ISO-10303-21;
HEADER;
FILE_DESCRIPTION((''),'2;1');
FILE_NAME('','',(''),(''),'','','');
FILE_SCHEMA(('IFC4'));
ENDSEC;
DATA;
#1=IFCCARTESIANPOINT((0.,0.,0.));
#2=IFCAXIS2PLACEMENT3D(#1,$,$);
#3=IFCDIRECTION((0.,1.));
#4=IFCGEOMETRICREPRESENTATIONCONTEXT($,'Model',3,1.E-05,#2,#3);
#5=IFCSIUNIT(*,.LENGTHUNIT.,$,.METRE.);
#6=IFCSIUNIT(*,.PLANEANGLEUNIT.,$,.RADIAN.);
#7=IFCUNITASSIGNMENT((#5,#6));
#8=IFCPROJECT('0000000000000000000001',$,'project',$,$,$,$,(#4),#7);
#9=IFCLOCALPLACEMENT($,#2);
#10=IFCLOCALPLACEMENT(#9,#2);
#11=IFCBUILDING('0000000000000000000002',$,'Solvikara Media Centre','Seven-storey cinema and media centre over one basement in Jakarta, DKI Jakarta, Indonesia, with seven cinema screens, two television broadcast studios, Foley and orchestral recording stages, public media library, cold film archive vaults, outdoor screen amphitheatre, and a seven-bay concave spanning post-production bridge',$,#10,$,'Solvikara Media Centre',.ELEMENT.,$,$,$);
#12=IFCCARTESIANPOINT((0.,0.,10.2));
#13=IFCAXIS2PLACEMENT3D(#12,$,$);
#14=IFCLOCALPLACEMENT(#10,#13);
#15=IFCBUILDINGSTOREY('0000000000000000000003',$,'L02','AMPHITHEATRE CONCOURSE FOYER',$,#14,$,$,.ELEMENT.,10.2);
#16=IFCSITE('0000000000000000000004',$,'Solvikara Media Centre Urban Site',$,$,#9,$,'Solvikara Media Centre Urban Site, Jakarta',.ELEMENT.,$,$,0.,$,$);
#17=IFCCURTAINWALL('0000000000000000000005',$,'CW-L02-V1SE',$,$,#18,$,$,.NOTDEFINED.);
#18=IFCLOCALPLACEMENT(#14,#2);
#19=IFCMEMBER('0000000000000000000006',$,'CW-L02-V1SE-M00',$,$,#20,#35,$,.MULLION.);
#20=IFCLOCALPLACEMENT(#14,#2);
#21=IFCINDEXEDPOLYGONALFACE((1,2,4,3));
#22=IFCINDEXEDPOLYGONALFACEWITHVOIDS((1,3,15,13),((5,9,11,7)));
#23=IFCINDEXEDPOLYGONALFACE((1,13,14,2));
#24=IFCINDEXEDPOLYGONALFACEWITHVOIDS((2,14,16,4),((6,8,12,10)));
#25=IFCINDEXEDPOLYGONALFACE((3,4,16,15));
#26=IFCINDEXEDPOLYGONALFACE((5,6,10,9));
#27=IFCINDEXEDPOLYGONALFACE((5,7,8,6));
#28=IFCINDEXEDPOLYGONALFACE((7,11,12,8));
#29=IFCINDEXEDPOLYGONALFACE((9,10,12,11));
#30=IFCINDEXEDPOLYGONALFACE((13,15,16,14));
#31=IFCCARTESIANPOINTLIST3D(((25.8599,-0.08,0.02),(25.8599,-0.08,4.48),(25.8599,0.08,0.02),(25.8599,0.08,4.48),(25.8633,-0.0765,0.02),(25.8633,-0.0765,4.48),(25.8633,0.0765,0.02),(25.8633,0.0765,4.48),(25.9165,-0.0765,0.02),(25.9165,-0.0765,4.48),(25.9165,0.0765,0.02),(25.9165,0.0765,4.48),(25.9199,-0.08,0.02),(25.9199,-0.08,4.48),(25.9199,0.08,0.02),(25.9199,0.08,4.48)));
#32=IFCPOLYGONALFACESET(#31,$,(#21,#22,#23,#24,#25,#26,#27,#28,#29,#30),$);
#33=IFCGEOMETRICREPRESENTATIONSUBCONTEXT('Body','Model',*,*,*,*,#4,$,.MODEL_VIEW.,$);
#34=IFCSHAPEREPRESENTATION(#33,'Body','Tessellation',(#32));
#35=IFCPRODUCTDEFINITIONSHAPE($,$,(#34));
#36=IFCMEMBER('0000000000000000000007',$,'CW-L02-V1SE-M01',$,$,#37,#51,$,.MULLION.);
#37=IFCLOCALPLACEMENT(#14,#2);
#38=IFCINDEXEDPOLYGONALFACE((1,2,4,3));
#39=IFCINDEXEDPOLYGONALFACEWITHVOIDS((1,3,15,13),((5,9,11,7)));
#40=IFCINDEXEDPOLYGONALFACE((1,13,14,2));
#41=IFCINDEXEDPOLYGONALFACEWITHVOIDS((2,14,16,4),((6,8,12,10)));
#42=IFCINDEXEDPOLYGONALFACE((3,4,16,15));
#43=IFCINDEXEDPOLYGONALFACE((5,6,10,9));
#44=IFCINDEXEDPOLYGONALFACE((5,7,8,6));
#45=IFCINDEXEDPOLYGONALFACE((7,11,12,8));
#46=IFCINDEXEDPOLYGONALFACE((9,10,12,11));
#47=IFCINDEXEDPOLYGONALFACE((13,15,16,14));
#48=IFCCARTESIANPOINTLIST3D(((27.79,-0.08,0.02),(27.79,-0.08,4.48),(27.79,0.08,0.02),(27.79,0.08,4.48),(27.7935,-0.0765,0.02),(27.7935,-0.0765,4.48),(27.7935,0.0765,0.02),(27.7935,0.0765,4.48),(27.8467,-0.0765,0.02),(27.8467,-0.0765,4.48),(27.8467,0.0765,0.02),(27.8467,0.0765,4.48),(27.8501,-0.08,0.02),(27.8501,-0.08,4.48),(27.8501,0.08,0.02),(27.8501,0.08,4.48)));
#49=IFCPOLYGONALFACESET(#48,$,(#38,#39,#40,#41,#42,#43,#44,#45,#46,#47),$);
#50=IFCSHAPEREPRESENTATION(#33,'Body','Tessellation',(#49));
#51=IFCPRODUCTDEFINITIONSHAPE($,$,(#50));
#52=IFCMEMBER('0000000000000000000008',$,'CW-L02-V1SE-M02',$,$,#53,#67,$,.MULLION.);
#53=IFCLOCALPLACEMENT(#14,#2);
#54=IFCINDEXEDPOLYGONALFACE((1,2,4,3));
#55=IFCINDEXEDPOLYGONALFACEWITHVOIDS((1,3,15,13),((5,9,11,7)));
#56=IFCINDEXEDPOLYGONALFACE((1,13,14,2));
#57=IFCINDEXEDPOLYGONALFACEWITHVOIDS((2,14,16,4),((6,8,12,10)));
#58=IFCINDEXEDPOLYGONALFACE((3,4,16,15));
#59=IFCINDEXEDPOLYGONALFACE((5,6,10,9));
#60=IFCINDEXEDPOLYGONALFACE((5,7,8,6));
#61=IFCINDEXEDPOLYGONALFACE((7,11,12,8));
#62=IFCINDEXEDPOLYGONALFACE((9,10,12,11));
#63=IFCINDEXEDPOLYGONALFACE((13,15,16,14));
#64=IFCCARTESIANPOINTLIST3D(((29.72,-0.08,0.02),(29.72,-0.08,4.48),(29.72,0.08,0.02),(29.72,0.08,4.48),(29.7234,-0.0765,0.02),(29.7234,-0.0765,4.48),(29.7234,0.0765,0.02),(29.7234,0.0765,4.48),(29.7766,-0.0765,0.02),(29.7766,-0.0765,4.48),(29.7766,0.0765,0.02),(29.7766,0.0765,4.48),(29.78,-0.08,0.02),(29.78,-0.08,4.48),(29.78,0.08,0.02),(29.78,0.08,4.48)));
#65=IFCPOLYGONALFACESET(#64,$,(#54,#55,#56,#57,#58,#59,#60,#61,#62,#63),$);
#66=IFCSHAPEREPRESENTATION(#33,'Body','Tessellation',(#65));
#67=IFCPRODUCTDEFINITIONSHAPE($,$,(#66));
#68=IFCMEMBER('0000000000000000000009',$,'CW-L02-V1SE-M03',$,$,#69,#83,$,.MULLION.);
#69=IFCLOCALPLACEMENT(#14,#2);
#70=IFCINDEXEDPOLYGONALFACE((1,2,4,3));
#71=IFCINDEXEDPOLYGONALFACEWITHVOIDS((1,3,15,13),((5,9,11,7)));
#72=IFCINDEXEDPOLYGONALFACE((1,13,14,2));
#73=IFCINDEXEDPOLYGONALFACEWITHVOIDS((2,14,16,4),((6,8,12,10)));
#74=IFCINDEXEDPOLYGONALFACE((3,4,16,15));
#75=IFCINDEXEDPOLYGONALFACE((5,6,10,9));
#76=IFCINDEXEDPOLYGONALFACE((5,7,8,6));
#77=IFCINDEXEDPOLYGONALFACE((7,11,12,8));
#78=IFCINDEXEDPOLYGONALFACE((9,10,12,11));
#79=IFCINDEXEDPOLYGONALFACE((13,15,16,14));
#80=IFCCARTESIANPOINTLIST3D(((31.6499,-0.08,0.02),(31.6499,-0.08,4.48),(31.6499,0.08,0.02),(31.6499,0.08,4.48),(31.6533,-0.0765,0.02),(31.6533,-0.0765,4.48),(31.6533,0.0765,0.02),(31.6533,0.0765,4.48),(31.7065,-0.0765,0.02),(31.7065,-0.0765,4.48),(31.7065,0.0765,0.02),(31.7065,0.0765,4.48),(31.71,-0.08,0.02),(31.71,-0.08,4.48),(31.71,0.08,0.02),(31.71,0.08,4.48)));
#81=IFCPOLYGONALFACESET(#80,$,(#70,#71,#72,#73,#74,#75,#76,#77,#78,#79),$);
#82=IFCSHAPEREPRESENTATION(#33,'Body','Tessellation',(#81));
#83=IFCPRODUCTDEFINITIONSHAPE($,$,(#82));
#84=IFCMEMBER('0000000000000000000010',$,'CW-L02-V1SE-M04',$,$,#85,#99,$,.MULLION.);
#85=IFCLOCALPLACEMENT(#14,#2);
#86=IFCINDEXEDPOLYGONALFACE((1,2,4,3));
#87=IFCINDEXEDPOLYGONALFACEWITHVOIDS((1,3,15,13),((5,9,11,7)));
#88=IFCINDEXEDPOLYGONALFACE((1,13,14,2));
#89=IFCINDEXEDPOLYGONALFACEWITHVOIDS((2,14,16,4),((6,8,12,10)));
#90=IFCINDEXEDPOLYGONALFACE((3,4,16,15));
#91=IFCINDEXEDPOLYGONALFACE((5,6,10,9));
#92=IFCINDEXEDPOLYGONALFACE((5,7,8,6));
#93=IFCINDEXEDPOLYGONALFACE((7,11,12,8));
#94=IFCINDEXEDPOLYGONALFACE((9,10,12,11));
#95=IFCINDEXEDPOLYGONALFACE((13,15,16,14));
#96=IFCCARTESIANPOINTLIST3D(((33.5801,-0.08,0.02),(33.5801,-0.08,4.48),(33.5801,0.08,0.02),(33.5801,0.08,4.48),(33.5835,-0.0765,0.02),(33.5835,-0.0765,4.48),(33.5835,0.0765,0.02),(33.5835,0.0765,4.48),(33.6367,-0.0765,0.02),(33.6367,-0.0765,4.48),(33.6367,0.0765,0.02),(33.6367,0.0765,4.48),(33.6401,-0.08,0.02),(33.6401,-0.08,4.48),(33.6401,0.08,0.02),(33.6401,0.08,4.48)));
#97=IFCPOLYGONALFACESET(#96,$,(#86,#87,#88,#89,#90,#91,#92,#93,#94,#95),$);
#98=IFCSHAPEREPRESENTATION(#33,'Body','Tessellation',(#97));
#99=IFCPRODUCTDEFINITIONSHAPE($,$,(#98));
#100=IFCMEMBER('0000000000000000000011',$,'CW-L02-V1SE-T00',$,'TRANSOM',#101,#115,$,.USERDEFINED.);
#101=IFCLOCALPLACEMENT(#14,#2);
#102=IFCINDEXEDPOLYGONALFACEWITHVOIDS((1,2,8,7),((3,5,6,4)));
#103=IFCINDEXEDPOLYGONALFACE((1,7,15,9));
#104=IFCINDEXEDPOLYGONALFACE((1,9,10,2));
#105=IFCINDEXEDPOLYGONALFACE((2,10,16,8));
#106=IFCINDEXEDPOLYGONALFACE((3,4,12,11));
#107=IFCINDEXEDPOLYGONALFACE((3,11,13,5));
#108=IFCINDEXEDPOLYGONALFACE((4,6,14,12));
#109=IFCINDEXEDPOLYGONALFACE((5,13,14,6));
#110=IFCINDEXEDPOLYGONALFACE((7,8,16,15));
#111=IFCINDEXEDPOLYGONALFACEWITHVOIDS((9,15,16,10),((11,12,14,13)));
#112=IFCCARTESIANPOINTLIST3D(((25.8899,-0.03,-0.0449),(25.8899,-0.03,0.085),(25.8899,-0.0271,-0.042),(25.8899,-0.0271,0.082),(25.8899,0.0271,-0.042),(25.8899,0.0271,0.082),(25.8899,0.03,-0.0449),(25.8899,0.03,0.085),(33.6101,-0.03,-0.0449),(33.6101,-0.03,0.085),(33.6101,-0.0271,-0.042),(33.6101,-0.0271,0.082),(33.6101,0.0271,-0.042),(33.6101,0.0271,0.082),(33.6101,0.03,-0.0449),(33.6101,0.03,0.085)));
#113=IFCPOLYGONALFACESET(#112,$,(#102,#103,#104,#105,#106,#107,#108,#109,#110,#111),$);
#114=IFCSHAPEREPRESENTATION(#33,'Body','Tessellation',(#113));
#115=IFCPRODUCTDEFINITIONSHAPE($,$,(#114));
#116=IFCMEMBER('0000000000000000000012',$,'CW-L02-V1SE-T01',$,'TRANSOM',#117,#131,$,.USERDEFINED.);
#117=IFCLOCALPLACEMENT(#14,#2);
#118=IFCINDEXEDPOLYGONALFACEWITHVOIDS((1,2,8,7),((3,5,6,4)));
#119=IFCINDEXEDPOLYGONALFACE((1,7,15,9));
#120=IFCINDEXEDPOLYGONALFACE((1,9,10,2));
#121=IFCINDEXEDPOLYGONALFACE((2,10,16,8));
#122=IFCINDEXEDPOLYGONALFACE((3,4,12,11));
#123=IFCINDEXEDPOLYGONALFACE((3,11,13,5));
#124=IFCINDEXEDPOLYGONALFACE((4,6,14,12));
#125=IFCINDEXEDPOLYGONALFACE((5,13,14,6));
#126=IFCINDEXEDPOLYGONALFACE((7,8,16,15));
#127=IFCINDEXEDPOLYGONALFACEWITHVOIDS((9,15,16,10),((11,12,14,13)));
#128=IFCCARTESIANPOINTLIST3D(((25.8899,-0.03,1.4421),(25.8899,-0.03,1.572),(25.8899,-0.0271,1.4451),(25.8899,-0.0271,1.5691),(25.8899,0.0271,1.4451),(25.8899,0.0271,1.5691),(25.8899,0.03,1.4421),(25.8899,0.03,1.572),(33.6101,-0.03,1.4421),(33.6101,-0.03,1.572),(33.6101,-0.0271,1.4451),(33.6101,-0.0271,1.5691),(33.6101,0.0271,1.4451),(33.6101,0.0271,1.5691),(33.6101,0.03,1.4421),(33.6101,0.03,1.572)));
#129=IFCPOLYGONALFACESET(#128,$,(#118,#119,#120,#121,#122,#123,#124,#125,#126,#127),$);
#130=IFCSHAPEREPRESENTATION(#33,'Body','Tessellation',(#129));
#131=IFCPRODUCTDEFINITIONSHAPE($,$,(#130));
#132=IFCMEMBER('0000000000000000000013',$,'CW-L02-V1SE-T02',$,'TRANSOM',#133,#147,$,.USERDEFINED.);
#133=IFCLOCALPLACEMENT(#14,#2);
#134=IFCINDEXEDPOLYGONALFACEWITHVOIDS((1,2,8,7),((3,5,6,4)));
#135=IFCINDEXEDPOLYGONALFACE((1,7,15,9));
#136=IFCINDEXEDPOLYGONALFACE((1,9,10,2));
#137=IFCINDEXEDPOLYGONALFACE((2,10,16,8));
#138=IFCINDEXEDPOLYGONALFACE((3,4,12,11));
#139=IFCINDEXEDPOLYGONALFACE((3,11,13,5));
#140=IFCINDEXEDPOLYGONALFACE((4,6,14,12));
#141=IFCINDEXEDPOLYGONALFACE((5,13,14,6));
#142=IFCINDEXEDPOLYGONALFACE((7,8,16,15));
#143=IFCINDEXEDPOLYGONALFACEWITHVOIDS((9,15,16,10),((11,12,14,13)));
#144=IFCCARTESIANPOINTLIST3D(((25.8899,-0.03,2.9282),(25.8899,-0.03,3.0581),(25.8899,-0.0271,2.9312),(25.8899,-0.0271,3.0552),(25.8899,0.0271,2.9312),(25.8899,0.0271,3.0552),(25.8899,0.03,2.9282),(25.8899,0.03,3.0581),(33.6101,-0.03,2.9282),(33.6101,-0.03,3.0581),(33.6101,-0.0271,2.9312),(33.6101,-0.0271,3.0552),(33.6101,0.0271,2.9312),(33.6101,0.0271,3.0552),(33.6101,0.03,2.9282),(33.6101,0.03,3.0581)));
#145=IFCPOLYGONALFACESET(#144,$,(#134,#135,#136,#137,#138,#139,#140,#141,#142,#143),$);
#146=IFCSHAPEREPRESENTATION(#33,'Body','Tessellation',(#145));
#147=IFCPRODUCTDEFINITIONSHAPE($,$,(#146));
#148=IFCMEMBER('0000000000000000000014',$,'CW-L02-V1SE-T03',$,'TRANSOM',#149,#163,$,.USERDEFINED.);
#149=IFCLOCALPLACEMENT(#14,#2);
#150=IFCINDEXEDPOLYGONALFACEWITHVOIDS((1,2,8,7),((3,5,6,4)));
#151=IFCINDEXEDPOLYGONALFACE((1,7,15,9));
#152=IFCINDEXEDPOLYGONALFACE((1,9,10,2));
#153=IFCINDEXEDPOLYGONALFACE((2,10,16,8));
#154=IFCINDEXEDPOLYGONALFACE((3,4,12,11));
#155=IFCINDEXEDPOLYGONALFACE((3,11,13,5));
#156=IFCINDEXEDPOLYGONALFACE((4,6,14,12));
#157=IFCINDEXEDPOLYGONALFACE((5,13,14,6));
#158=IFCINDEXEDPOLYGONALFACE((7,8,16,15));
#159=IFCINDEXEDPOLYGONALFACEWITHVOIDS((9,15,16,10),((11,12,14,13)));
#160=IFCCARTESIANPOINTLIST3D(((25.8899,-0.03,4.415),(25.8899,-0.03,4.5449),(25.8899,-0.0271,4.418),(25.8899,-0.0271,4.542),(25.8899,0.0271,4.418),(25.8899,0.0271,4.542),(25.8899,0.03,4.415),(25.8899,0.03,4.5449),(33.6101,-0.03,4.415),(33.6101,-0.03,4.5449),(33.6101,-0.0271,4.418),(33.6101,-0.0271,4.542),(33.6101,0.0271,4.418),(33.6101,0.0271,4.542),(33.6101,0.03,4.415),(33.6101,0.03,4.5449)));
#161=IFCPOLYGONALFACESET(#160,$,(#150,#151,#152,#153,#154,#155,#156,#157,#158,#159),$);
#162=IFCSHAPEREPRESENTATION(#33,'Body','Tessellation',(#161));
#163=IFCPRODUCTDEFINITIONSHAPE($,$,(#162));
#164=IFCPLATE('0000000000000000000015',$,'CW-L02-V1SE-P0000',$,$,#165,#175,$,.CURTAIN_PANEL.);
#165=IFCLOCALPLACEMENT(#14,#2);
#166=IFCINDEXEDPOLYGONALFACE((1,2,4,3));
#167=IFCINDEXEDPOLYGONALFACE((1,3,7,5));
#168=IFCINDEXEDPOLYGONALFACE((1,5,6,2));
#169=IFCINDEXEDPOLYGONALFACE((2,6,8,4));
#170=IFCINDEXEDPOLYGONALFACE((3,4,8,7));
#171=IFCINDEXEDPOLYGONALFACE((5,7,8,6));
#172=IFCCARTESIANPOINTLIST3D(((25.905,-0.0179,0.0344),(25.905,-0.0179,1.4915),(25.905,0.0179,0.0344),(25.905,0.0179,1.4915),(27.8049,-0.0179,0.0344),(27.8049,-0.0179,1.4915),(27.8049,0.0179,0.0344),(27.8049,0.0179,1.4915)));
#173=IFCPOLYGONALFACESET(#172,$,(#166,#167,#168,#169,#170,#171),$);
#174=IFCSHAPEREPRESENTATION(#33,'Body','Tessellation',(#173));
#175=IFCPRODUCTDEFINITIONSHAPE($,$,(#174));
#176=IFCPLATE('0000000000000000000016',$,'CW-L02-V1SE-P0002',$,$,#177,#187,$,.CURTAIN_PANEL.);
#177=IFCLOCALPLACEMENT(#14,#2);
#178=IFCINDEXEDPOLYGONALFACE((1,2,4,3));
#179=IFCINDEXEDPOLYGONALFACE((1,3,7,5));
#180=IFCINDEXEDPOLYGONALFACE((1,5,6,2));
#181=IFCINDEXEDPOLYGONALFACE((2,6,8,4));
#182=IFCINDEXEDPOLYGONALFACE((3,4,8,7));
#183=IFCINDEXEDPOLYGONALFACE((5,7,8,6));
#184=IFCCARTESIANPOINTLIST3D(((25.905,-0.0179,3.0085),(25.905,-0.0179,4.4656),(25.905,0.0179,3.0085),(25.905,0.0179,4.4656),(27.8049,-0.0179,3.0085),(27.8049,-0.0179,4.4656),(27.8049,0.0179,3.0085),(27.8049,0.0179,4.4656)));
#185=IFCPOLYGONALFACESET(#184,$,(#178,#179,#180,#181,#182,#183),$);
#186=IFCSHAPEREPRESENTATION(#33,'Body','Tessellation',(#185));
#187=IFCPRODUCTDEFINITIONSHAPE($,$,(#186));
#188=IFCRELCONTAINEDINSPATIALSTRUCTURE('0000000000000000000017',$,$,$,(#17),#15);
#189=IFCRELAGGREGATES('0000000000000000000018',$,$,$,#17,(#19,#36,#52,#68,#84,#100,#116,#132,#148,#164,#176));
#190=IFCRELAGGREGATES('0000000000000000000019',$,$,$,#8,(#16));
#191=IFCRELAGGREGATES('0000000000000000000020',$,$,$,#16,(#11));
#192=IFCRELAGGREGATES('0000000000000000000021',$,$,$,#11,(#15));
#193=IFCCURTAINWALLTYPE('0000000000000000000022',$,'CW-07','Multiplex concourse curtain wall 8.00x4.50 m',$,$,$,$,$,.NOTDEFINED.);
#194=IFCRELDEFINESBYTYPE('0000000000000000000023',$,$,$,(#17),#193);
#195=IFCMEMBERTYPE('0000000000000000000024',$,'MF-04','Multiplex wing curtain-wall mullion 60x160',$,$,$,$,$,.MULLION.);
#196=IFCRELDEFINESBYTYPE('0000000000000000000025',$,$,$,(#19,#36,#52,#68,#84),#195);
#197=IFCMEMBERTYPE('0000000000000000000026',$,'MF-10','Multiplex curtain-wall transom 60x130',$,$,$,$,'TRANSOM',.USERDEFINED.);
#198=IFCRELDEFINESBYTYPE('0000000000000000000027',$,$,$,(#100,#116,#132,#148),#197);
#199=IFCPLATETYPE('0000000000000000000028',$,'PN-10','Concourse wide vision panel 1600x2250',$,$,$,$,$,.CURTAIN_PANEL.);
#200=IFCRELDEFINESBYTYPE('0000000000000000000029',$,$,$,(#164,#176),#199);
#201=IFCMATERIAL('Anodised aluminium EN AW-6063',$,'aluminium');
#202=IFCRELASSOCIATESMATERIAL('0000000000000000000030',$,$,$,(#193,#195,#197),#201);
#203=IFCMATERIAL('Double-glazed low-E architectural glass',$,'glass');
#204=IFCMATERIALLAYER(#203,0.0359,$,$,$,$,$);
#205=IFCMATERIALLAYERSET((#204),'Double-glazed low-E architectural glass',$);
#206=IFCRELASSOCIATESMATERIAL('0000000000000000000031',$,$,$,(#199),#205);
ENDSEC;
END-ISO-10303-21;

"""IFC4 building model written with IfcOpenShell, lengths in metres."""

from ifc_helpers import new_model, si_unit, direction, frame, origin, origin_2d, place, context, subcontext, project, spatial, rectangle, hollow_rectangle, extrude, material, layer, layer_set, material_profile, profile_set, type_object, element, aggregate, save


model = new_model("IFC4")

# Units and contexts
model_context = context("Model", 3, precision=1e-05, world=origin(), true_north=direction((0.0, 1.0)))
body_context = subcontext(model_context, "Body", "Model", "MODEL_VIEW")
ifc_project = project(units=[si_unit("LENGTHUNIT", "METRE"), si_unit("PLANEANGLEUNIT", "RADIAN")], contexts=[model_context])

# Site, building, storey
site_placement = place(None, origin())
site = spatial("IfcSite", under=ifc_project, at=site_placement, Name="Solvikara Media Centre Urban Site", LongName="Solvikara Media Centre Urban Site, Jakarta", CompositionType="ELEMENT", RefElevation=0.0)
building_placement = place(site_placement, origin())
building = spatial("IfcBuilding", under=site, at=building_placement, Name="Solvikara Media Centre", Description="Seven-storey cinema and media centre over one basement in Jakarta, DKI Jakarta, Indonesia, with seven cinema screens, two television broadcast studios, Foley and orchestral recording stages, public media library, cold film archive vaults, outdoor screen amphitheatre, and a seven-bay concave spanning post-production bridge", LongName="Solvikara Media Centre", CompositionType="ELEMENT")
storey_placement = place(building_placement, frame((0.0, 0.0, 10.2)))
storey = spatial("IfcBuildingStorey", under=building, at=storey_placement, Name="L02", Description="AMPHITHEATRE CONCOURSE FOYER", CompositionType="ELEMENT", Elevation=10.2)

# Curtain wall, members, plates
ifc_material_1 = material(Name="Anodised aluminium EN AW-6063", Category="aluminium")
curtain_wall_type = type_object("IfcCurtainWallType", Name="CW-07", Description="Multiplex concourse curtain wall 8.00x4.50 m", PredefinedType="NOTDEFINED", material=ifc_material_1)
curtain_wall_placement = place(storey_placement, origin())
curtain_wall = element("IfcCurtainWall", 1, at=curtain_wall_placement, inside=storey, type_object=curtain_wall_type, Name="CW-L02-V1SE", PredefinedType="NOTDEFINED")
ifc_material_profile_1 = material_profile(ifc_material_1, hollow_rectangle(XDim=0.0601, YDim=0.1599, WallThickness=0.0034, at=origin_2d()), Name="ALU-M 60x160x3.5")
ifc_profile_set_1 = profile_set([ifc_material_profile_1], Name="Anodised aluminium EN AW-6063")
member_type_1 = type_object("IfcMemberType", Name="MF-04", Description="Multiplex wing curtain-wall mullion 60x160", PredefinedType="MULLION", material=ifc_profile_set_1)
member_1_placement = place(storey_placement, frame((25.8899, 0.0, 0.02), z_axis=(0.0, 0.0, 1.0), x_axis=(1.0, 0.0, 0.0)))
member_1 = element("IfcMember", 2, at=member_1_placement, type_object=member_type_1, Name="CW-L02-V1SE-M00", PredefinedType="MULLION", context=body_context, shape_type="SweptSolid", body=[
    extrude(hollow_rectangle(XDim=0.0601, YDim=0.1599, WallThickness=0.0034, at=origin_2d()), origin(), (0.0, 0.0, 1.0), 4.46),
])
member_2_placement = place(storey_placement, frame((27.8201, 0.0, 0.02), z_axis=(0.0, 0.0, 1.0), x_axis=(1.0, 0.0, 0.0)))
member_2 = element("IfcMember", 3, at=member_2_placement, type_object=member_type_1, Name="CW-L02-V1SE-M01", PredefinedType="MULLION", context=body_context, shape_type="SweptSolid", body=[
    extrude(hollow_rectangle(XDim=0.0601, YDim=0.1599, WallThickness=0.0034, at=origin_2d()), origin(), (0.0, 0.0, 1.0), 4.46),
])
member_3_placement = place(storey_placement, frame((29.75, 0.0, 0.02), z_axis=(0.0, 0.0, 1.0), x_axis=(1.0, 0.0, 0.0)))
member_3 = element("IfcMember", 4, at=member_3_placement, type_object=member_type_1, Name="CW-L02-V1SE-M02", PredefinedType="MULLION", context=body_context, shape_type="SweptSolid", body=[
    extrude(hollow_rectangle(XDim=0.0601, YDim=0.1599, WallThickness=0.0034, at=origin_2d()), origin(), (0.0, 0.0, 1.0), 4.46),
])
member_4_placement = place(storey_placement, frame((31.6799, 0.0, 0.02), z_axis=(0.0, 0.0, 1.0), x_axis=(1.0, 0.0, 0.0)))
member_4 = element("IfcMember", 5, at=member_4_placement, type_object=member_type_1, Name="CW-L02-V1SE-M03", PredefinedType="MULLION", context=body_context, shape_type="SweptSolid", body=[
    extrude(hollow_rectangle(XDim=0.0601, YDim=0.1599, WallThickness=0.0034, at=origin_2d()), origin(), (0.0, 0.0, 1.0), 4.46),
])
member_5_placement = place(storey_placement, frame((33.6101, 0.0, 0.02), z_axis=(0.0, 0.0, 1.0), x_axis=(1.0, 0.0, 0.0)))
member_5 = element("IfcMember", 6, at=member_5_placement, type_object=member_type_1, Name="CW-L02-V1SE-M04", PredefinedType="MULLION", context=body_context, shape_type="SweptSolid", body=[
    extrude(hollow_rectangle(XDim=0.0601, YDim=0.1599, WallThickness=0.0034, at=origin_2d()), origin(), (0.0, 0.0, 1.0), 4.46),
])
ifc_material_profile_2 = material_profile(ifc_material_1, hollow_rectangle(XDim=0.0601, YDim=0.1299, WallThickness=0.0029, at=origin_2d()), Name="ALU-T 60x130x3")
ifc_profile_set_2 = profile_set([ifc_material_profile_2], Name="Anodised aluminium EN AW-6063")
member_type_2 = type_object("IfcMemberType", Name="MF-10", Description="Multiplex curtain-wall transom 60x130", ElementType="TRANSOM", PredefinedType="USERDEFINED", material=ifc_profile_set_2)
member_6_placement = place(storey_placement, frame((25.8899, 0.0, 0.02), z_axis=(1.0, 0.0, 0.0), x_axis=(0.0, 1.0, 0.0)))
member_6 = element("IfcMember", 7, at=member_6_placement, type_object=member_type_2, Name="CW-L02-V1SE-T00", ObjectType="TRANSOM", PredefinedType="USERDEFINED", context=body_context, shape_type="SweptSolid", body=[
    extrude(hollow_rectangle(XDim=0.0601, YDim=0.1299, WallThickness=0.0029, at=origin_2d()), origin(), (0.0, 0.0, 1.0), 7.7202),
])
member_7_placement = place(storey_placement, frame((25.8899, 0.0, 1.5071), z_axis=(1.0, 0.0, 0.0), x_axis=(0.0, 1.0, 0.0)))
member_7 = element("IfcMember", 8, at=member_7_placement, type_object=member_type_2, Name="CW-L02-V1SE-T01", ObjectType="TRANSOM", PredefinedType="USERDEFINED", context=body_context, shape_type="SweptSolid", body=[
    extrude(hollow_rectangle(XDim=0.0601, YDim=0.1299, WallThickness=0.0029, at=origin_2d()), origin(), (0.0, 0.0, 1.0), 7.7202),
])
member_8_placement = place(storey_placement, frame((25.8899, 0.0, 2.9932), z_axis=(1.0, 0.0, 0.0), x_axis=(0.0, 1.0, 0.0)))
member_8 = element("IfcMember", 9, at=member_8_placement, type_object=member_type_2, Name="CW-L02-V1SE-T02", ObjectType="TRANSOM", PredefinedType="USERDEFINED", context=body_context, shape_type="SweptSolid", body=[
    extrude(hollow_rectangle(XDim=0.0601, YDim=0.1299, WallThickness=0.0029, at=origin_2d()), origin(), (0.0, 0.0, 1.0), 7.7202),
])
member_9_placement = place(storey_placement, frame((25.8899, 0.0, 4.48), z_axis=(1.0, 0.0, 0.0), x_axis=(0.0, 1.0, 0.0)))
member_9 = element("IfcMember", 10, at=member_9_placement, type_object=member_type_2, Name="CW-L02-V1SE-T03", ObjectType="TRANSOM", PredefinedType="USERDEFINED", context=body_context, shape_type="SweptSolid", body=[
    extrude(hollow_rectangle(XDim=0.0601, YDim=0.1299, WallThickness=0.0029, at=origin_2d()), origin(), (0.0, 0.0, 1.0), 7.7202),
])
ifc_material_2 = material(Name="Double-glazed low-E architectural glass", Category="glass")
ifc_layer_1 = layer(ifc_material_2, 0.0359)
ifc_layer_set_1 = layer_set([ifc_layer_1], Name="Double-glazed low-E architectural glass")
plate_type_1 = type_object("IfcPlateType", Name="PN-10", Description="Concourse wide vision panel 1600x2250", PredefinedType="CURTAIN_PANEL", material=ifc_layer_set_1)
plate_1_placement = place(storey_placement, frame((26.855, 0.0, 0.0344), z_axis=(0.0, 0.0, 1.0), x_axis=(1.0, 0.0, 0.0)))
plate_1 = element("IfcPlate", 11, at=plate_1_placement, type_object=plate_type_1, Name="CW-L02-V1SE-P0000", PredefinedType="CURTAIN_PANEL", context=body_context, shape_type="SweptSolid", body=[
    extrude(rectangle(XDim=1.8999, YDim=0.0359, at=origin_2d()), origin(), (0.0, 0.0, 1.0), 1.457),
])
plate_2_placement = place(storey_placement, frame((26.855, 0.0, 3.0085), z_axis=(0.0, 0.0, 1.0), x_axis=(1.0, 0.0, 0.0)))
plate_2 = element("IfcPlate", 12, at=plate_2_placement, type_object=plate_type_1, Name="CW-L02-V1SE-P0002", PredefinedType="CURTAIN_PANEL", context=body_context, shape_type="SweptSolid", body=[
    extrude(rectangle(XDim=1.8999, YDim=0.0359, at=origin_2d()), origin(), (0.0, 0.0, 1.0), 1.457),
])
aggregate(curtain_wall, [member_1, member_2, member_3, member_4, member_5, member_6, member_7, member_8, member_9, plate_1, plate_2])

save(model, "model.ifc")
